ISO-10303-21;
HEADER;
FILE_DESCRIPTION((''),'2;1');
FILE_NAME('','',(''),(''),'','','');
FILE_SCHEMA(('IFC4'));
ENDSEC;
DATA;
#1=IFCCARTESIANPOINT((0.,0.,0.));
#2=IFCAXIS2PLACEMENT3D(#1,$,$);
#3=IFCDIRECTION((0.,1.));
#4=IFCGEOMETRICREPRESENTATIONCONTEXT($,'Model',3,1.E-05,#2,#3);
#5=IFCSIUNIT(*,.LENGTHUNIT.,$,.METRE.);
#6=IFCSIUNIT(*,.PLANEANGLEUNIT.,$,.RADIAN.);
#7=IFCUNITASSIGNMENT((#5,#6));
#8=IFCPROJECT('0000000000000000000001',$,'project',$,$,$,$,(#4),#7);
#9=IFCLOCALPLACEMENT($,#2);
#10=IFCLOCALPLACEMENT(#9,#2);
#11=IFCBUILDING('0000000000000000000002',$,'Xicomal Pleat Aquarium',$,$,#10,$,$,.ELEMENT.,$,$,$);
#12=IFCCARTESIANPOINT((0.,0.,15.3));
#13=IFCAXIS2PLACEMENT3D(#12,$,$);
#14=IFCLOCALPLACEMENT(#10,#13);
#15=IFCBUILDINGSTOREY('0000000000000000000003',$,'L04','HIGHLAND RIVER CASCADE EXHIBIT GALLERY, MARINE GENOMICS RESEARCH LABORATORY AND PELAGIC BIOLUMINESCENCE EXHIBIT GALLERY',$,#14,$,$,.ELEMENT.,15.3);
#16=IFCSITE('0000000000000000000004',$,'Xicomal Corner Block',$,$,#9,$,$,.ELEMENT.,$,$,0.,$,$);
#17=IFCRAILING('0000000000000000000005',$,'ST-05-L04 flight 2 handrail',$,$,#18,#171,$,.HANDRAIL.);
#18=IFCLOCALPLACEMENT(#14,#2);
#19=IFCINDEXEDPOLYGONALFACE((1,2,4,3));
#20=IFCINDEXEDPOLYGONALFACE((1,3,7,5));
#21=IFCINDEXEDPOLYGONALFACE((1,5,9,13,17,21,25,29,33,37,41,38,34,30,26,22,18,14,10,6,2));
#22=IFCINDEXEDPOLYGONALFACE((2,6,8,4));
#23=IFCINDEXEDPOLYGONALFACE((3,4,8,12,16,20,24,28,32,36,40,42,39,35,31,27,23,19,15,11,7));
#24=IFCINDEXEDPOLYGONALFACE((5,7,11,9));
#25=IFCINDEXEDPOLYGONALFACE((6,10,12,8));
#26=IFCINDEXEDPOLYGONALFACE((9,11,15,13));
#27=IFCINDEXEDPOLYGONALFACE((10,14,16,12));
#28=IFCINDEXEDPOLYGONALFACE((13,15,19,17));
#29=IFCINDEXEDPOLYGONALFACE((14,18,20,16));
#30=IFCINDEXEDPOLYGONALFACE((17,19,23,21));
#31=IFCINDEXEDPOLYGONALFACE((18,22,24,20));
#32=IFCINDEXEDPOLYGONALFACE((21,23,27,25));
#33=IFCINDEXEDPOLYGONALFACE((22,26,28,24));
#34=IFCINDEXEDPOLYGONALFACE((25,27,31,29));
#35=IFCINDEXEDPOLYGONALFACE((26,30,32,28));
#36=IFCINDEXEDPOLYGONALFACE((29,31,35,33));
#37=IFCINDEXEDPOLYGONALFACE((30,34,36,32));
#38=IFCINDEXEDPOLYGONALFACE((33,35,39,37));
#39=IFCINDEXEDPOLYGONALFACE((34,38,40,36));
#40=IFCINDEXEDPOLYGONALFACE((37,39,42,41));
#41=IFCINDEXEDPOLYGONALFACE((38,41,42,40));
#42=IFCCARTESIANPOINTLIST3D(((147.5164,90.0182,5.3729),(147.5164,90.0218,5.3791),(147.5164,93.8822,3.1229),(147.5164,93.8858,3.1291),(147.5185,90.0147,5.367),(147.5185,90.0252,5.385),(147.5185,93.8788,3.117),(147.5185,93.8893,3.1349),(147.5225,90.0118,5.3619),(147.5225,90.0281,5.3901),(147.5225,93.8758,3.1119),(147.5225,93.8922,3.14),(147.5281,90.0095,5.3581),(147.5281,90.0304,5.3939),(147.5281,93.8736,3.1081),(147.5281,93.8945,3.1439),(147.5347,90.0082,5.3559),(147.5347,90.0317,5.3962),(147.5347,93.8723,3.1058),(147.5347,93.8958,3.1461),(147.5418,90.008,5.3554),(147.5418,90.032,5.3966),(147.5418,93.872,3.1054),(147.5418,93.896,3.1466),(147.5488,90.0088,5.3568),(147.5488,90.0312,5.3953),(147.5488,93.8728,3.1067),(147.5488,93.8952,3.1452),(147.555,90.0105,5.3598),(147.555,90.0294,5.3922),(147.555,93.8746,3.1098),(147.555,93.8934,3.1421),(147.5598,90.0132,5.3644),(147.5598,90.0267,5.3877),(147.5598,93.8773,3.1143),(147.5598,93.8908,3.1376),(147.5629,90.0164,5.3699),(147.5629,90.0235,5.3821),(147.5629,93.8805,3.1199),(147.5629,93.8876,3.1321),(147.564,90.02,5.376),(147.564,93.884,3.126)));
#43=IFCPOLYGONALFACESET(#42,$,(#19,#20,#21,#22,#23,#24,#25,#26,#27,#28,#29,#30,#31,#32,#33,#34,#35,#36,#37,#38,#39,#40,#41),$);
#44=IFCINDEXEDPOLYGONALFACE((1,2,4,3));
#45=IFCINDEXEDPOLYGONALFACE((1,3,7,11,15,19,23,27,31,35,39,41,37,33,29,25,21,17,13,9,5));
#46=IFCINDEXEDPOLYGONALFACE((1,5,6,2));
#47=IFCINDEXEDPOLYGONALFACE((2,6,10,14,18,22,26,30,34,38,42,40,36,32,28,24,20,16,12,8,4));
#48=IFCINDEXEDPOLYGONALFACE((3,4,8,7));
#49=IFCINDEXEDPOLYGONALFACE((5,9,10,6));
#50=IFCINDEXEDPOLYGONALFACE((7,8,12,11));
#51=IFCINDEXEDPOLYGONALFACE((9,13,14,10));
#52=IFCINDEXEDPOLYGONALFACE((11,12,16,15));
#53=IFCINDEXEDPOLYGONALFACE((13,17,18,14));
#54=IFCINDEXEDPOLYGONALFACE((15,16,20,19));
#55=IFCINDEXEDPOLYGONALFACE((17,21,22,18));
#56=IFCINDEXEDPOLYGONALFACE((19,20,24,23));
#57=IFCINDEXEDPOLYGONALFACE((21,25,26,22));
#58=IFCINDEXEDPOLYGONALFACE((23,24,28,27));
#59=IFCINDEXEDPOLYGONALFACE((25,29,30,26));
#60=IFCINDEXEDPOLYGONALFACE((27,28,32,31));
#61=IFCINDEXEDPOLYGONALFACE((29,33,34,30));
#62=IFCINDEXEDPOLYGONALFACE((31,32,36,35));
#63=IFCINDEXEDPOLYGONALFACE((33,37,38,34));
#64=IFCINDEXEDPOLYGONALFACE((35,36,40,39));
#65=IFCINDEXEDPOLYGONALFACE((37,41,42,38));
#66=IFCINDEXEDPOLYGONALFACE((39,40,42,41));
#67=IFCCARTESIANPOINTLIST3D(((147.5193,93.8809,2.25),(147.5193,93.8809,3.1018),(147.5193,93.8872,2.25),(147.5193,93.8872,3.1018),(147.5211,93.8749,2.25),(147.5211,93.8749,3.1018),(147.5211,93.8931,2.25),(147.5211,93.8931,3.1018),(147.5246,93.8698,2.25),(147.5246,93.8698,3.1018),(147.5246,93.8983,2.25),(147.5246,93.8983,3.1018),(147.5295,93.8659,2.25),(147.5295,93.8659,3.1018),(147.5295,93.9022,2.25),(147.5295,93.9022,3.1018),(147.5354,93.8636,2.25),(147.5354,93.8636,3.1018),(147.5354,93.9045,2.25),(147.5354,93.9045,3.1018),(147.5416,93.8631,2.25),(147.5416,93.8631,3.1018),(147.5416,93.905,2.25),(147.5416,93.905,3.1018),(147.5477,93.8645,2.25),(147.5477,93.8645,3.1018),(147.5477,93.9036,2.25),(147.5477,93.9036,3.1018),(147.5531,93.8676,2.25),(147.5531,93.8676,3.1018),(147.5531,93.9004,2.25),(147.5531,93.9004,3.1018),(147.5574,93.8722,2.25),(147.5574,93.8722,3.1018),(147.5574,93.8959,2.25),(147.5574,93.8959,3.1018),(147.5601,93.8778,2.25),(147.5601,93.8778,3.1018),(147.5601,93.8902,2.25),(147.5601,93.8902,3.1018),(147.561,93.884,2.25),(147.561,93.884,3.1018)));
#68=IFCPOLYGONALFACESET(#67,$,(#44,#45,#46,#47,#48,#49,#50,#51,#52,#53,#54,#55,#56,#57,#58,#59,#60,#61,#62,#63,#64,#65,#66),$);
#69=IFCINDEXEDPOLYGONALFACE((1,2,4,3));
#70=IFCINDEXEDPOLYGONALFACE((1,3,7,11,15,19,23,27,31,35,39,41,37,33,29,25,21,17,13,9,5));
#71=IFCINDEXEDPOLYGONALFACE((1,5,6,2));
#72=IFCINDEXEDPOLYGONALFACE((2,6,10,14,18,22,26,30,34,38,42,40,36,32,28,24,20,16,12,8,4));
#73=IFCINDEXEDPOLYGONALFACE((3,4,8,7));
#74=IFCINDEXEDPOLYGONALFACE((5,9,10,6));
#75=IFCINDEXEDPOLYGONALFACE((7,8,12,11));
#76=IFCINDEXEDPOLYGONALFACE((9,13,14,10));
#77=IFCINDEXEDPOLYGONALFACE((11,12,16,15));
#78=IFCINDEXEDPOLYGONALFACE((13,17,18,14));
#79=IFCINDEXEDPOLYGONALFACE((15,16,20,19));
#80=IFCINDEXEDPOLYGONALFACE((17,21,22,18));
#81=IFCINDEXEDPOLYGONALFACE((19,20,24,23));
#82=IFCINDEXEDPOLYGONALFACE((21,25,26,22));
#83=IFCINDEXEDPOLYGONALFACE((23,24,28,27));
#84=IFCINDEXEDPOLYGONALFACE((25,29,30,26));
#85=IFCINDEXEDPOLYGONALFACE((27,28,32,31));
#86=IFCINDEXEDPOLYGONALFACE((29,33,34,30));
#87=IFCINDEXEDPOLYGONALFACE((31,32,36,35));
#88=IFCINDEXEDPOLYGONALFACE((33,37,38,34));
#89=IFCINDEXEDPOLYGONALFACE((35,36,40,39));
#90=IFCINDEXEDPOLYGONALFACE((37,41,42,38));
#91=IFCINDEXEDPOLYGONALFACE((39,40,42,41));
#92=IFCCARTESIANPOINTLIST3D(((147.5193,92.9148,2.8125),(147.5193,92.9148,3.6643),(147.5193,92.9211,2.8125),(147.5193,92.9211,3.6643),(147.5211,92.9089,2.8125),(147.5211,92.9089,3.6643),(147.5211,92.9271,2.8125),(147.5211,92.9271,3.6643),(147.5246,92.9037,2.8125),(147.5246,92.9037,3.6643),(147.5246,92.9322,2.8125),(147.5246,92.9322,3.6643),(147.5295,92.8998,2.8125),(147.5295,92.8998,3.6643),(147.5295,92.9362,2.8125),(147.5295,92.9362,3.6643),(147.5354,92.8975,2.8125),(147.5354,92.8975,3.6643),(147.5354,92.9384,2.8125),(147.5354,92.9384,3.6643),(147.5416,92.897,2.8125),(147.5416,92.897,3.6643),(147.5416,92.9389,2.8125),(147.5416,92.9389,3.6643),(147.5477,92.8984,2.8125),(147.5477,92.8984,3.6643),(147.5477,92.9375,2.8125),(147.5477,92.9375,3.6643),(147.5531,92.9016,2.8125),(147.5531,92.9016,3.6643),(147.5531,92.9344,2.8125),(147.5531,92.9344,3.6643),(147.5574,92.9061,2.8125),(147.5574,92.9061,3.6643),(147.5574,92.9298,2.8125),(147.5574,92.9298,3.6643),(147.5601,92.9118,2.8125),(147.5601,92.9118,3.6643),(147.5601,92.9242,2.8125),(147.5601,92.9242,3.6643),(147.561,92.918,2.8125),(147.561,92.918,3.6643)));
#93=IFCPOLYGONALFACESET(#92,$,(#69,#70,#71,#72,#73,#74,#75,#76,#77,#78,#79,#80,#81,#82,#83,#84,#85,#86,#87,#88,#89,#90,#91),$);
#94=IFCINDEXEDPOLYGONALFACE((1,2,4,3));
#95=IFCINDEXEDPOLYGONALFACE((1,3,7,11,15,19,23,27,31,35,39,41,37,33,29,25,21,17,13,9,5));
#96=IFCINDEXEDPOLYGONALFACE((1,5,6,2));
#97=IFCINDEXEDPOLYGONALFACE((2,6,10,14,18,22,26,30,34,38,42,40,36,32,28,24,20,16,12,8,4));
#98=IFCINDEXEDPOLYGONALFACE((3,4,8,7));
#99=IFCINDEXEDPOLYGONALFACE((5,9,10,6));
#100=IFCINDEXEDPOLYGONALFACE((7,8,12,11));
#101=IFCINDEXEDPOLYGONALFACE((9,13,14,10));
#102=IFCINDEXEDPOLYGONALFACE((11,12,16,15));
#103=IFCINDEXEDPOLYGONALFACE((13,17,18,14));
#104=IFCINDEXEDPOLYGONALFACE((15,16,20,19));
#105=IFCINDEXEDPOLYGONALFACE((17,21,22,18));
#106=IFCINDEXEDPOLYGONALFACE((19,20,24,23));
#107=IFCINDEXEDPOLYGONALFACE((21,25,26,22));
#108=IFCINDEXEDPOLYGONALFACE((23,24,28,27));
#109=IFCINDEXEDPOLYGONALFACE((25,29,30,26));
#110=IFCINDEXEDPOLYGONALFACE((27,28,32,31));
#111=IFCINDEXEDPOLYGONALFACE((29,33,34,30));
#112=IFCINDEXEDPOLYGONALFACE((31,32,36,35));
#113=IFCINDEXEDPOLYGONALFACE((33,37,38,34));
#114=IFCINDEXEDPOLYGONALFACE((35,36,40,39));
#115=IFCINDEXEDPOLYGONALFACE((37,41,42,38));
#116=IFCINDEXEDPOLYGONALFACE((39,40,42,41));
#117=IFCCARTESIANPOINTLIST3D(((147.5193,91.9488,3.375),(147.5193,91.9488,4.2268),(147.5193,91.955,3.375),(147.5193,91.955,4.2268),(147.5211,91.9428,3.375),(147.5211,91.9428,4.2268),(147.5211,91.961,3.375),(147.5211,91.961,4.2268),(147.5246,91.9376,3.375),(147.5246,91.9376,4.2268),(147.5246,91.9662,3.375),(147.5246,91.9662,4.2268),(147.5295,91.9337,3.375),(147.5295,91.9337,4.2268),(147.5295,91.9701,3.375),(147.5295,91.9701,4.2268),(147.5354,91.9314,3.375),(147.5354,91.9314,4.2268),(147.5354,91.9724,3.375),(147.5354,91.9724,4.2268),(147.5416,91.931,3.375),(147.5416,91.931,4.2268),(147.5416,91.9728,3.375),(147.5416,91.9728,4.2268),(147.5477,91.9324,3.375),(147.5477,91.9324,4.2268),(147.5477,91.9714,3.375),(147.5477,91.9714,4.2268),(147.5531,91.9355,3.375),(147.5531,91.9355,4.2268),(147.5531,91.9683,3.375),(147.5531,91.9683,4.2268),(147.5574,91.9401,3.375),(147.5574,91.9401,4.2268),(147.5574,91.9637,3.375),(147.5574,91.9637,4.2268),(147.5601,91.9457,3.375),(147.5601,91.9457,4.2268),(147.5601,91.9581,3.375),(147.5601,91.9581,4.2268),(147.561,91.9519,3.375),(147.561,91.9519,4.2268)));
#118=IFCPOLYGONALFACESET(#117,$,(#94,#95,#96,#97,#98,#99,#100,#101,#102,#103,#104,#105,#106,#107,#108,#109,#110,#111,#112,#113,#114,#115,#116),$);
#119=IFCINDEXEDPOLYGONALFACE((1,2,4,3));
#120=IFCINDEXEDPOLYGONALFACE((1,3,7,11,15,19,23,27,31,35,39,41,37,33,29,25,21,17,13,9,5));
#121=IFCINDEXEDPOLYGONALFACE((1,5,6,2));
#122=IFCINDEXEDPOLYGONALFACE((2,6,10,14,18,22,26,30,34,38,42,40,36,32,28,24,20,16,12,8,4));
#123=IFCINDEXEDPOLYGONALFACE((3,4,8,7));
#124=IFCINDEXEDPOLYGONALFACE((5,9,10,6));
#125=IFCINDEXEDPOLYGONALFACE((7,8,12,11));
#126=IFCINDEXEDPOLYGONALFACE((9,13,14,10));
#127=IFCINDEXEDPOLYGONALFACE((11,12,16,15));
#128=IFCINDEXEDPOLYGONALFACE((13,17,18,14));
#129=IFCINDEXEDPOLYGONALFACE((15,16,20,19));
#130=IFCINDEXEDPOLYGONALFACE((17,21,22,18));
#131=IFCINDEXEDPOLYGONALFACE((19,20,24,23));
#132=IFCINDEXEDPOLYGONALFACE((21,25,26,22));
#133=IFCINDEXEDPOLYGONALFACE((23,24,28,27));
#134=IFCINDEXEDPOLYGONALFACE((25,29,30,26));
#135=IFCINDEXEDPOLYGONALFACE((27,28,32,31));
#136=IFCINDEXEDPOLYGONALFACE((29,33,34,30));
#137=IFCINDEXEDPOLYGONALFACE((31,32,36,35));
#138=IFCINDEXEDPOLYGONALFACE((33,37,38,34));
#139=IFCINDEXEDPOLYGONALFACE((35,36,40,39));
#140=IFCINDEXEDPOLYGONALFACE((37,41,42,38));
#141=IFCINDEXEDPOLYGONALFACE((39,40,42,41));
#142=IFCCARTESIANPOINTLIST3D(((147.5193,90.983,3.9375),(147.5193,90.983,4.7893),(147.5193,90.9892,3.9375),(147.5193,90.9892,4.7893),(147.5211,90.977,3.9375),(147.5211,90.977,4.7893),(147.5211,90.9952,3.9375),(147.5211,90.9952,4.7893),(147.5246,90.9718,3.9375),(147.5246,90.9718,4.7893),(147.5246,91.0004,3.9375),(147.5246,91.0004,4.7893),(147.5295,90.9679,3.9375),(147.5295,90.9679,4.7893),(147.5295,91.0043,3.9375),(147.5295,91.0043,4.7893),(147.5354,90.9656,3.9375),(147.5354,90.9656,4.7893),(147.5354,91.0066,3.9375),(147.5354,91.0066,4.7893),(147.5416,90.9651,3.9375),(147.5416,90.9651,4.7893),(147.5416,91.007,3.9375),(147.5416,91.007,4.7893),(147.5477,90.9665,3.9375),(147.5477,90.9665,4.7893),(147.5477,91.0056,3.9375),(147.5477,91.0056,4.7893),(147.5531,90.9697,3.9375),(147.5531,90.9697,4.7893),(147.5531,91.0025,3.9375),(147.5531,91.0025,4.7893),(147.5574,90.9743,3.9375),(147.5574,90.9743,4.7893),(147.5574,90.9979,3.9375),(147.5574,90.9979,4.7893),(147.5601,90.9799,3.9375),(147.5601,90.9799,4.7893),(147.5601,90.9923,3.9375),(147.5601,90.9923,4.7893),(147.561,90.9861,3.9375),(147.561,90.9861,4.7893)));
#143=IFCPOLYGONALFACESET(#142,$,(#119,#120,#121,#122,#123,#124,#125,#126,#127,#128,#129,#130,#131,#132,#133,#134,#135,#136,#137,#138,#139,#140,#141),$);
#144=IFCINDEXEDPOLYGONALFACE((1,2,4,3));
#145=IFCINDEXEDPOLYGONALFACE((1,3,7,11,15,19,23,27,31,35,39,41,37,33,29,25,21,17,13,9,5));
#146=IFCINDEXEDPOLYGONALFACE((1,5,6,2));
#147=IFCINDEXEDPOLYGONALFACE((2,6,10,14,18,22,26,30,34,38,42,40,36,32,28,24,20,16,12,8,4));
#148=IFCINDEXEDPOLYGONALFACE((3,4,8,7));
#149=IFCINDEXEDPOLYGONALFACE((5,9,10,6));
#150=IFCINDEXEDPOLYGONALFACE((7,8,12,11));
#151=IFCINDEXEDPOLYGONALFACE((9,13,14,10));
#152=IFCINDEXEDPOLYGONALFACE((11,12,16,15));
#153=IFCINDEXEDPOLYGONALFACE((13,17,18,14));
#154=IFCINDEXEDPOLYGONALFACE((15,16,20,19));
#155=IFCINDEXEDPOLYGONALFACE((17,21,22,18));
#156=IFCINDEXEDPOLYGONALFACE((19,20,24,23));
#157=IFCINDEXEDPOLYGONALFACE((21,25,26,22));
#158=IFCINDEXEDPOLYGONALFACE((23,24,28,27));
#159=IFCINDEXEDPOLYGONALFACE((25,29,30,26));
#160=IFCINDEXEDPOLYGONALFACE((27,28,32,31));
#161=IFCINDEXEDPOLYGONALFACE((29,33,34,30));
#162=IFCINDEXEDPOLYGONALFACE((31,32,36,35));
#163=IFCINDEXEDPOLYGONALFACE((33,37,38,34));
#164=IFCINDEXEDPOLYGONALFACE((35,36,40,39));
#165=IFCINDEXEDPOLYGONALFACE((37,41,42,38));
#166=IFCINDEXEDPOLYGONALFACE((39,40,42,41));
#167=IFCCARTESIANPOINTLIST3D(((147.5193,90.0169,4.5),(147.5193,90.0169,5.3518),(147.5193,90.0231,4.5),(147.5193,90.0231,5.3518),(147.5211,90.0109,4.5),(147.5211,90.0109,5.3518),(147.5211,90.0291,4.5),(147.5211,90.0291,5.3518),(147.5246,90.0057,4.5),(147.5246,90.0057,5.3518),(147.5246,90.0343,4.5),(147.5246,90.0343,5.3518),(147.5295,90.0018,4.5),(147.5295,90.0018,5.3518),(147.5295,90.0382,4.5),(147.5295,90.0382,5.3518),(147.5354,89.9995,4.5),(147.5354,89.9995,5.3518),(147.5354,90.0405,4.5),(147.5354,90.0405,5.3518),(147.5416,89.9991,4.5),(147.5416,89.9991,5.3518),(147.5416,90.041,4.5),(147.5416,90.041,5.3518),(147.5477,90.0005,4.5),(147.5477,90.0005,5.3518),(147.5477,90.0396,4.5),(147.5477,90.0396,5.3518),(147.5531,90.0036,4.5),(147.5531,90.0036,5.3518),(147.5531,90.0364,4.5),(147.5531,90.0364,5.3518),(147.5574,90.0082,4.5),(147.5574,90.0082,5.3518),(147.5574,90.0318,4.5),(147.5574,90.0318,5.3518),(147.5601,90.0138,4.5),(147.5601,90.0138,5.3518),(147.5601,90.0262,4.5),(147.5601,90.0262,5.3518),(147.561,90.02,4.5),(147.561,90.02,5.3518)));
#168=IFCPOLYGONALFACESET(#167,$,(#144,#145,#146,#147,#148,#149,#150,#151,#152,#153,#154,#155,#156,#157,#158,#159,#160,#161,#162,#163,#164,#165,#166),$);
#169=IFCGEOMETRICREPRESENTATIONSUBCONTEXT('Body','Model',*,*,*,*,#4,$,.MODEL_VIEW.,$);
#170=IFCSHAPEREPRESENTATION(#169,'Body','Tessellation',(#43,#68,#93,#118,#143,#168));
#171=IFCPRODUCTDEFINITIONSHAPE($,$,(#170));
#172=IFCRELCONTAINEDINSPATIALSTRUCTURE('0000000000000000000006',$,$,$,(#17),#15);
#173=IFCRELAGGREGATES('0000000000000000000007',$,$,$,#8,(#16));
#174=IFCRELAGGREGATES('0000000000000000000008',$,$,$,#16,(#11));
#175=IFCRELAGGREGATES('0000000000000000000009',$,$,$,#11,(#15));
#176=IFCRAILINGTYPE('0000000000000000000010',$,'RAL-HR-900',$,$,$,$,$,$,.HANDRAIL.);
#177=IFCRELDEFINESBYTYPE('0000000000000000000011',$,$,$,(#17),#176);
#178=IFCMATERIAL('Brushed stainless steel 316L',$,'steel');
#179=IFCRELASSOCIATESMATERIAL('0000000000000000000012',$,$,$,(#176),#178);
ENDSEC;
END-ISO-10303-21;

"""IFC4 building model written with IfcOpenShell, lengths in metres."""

from ifc_helpers import new_model, si_unit, direction, frame, origin, origin_2d, place, context, subcontext, project, spatial, circle, extrude, material, type_object, element, save


model = new_model("IFC4")

# Units and contexts
model_context = context("Model", 3, precision=1e-05, world=origin(), true_north=direction((0.0, 1.0)))
body_context = subcontext(model_context, "Body", "Model", "MODEL_VIEW")
ifc_project = project(units=[si_unit("LENGTHUNIT", "METRE"), si_unit("PLANEANGLEUNIT", "RADIAN")], contexts=[model_context])

# Site, building, storey
site_placement = place(None, origin())
site = spatial("IfcSite", under=ifc_project, at=site_placement, Name="Xicomal Corner Block", CompositionType="ELEMENT", RefElevation=0.0)
building_placement = place(site_placement, origin())
building = spatial("IfcBuilding", under=site, at=building_placement, Name="Xicomal Pleat Aquarium", CompositionType="ELEMENT")
storey_placement = place(building_placement, frame((0.0, 0.0, 15.3)))
storey = spatial("IfcBuildingStorey", under=building, at=storey_placement, Name="L04", Description="HIGHLAND RIVER CASCADE EXHIBIT GALLERY, MARINE GENOMICS RESEARCH LABORATORY AND PELAGIC BIOLUMINESCENCE EXHIBIT GALLERY", CompositionType="ELEMENT", Elevation=15.3)

# Railing
ifc_material_1 = material(Name="Brushed stainless steel 316L", Category="steel")
railing_type_1 = type_object("IfcRailingType", Name="RAL-HR-900", PredefinedType="HANDRAIL", material=ifc_material_1)
railing_1_placement = place(storey_placement, frame((147.54, 93.884, 2.25)))
element("IfcRailing", 1, at=railing_1_placement, inside=storey, type_object=railing_type_1, Name="ST-05-L04 flight 2 handrail", PredefinedType="HANDRAIL", context=body_context, shape_type="SweptSolid", body=[
    extrude(circle(Radius=0.0239, at=origin_2d()), frame((0.0, 0.0, 0.876), z_axis=(0.0, -0.864169, 0.503202), x_axis=(1.0, 0.0, 0.0)), (0.0, 0.0, 1.0), 4.4714),
    extrude(circle(Radius=0.021, at=origin_2d()), origin(), (0.0, 0.0, 1.0), 0.8518),
    extrude(circle(Radius=0.021, at=origin_2d()), frame((0.0, -0.9661, 0.5625)), (0.0, 0.0, 1.0), 0.8518),
    extrude(circle(Radius=0.021, at=origin_2d()), frame((0.0, -1.9321, 1.125)), (0.0, 0.0, 1.0), 0.8518),
    extrude(circle(Radius=0.021, at=origin_2d()), frame((0.0, -2.8979, 1.6875)), (0.0, 0.0, 1.0), 0.8518),
    extrude(circle(Radius=0.021, at=origin_2d()), frame((0.0, -3.864, 2.25)), (0.0, 0.0, 1.0), 0.8518),
])

save(model, "model.ifc")
